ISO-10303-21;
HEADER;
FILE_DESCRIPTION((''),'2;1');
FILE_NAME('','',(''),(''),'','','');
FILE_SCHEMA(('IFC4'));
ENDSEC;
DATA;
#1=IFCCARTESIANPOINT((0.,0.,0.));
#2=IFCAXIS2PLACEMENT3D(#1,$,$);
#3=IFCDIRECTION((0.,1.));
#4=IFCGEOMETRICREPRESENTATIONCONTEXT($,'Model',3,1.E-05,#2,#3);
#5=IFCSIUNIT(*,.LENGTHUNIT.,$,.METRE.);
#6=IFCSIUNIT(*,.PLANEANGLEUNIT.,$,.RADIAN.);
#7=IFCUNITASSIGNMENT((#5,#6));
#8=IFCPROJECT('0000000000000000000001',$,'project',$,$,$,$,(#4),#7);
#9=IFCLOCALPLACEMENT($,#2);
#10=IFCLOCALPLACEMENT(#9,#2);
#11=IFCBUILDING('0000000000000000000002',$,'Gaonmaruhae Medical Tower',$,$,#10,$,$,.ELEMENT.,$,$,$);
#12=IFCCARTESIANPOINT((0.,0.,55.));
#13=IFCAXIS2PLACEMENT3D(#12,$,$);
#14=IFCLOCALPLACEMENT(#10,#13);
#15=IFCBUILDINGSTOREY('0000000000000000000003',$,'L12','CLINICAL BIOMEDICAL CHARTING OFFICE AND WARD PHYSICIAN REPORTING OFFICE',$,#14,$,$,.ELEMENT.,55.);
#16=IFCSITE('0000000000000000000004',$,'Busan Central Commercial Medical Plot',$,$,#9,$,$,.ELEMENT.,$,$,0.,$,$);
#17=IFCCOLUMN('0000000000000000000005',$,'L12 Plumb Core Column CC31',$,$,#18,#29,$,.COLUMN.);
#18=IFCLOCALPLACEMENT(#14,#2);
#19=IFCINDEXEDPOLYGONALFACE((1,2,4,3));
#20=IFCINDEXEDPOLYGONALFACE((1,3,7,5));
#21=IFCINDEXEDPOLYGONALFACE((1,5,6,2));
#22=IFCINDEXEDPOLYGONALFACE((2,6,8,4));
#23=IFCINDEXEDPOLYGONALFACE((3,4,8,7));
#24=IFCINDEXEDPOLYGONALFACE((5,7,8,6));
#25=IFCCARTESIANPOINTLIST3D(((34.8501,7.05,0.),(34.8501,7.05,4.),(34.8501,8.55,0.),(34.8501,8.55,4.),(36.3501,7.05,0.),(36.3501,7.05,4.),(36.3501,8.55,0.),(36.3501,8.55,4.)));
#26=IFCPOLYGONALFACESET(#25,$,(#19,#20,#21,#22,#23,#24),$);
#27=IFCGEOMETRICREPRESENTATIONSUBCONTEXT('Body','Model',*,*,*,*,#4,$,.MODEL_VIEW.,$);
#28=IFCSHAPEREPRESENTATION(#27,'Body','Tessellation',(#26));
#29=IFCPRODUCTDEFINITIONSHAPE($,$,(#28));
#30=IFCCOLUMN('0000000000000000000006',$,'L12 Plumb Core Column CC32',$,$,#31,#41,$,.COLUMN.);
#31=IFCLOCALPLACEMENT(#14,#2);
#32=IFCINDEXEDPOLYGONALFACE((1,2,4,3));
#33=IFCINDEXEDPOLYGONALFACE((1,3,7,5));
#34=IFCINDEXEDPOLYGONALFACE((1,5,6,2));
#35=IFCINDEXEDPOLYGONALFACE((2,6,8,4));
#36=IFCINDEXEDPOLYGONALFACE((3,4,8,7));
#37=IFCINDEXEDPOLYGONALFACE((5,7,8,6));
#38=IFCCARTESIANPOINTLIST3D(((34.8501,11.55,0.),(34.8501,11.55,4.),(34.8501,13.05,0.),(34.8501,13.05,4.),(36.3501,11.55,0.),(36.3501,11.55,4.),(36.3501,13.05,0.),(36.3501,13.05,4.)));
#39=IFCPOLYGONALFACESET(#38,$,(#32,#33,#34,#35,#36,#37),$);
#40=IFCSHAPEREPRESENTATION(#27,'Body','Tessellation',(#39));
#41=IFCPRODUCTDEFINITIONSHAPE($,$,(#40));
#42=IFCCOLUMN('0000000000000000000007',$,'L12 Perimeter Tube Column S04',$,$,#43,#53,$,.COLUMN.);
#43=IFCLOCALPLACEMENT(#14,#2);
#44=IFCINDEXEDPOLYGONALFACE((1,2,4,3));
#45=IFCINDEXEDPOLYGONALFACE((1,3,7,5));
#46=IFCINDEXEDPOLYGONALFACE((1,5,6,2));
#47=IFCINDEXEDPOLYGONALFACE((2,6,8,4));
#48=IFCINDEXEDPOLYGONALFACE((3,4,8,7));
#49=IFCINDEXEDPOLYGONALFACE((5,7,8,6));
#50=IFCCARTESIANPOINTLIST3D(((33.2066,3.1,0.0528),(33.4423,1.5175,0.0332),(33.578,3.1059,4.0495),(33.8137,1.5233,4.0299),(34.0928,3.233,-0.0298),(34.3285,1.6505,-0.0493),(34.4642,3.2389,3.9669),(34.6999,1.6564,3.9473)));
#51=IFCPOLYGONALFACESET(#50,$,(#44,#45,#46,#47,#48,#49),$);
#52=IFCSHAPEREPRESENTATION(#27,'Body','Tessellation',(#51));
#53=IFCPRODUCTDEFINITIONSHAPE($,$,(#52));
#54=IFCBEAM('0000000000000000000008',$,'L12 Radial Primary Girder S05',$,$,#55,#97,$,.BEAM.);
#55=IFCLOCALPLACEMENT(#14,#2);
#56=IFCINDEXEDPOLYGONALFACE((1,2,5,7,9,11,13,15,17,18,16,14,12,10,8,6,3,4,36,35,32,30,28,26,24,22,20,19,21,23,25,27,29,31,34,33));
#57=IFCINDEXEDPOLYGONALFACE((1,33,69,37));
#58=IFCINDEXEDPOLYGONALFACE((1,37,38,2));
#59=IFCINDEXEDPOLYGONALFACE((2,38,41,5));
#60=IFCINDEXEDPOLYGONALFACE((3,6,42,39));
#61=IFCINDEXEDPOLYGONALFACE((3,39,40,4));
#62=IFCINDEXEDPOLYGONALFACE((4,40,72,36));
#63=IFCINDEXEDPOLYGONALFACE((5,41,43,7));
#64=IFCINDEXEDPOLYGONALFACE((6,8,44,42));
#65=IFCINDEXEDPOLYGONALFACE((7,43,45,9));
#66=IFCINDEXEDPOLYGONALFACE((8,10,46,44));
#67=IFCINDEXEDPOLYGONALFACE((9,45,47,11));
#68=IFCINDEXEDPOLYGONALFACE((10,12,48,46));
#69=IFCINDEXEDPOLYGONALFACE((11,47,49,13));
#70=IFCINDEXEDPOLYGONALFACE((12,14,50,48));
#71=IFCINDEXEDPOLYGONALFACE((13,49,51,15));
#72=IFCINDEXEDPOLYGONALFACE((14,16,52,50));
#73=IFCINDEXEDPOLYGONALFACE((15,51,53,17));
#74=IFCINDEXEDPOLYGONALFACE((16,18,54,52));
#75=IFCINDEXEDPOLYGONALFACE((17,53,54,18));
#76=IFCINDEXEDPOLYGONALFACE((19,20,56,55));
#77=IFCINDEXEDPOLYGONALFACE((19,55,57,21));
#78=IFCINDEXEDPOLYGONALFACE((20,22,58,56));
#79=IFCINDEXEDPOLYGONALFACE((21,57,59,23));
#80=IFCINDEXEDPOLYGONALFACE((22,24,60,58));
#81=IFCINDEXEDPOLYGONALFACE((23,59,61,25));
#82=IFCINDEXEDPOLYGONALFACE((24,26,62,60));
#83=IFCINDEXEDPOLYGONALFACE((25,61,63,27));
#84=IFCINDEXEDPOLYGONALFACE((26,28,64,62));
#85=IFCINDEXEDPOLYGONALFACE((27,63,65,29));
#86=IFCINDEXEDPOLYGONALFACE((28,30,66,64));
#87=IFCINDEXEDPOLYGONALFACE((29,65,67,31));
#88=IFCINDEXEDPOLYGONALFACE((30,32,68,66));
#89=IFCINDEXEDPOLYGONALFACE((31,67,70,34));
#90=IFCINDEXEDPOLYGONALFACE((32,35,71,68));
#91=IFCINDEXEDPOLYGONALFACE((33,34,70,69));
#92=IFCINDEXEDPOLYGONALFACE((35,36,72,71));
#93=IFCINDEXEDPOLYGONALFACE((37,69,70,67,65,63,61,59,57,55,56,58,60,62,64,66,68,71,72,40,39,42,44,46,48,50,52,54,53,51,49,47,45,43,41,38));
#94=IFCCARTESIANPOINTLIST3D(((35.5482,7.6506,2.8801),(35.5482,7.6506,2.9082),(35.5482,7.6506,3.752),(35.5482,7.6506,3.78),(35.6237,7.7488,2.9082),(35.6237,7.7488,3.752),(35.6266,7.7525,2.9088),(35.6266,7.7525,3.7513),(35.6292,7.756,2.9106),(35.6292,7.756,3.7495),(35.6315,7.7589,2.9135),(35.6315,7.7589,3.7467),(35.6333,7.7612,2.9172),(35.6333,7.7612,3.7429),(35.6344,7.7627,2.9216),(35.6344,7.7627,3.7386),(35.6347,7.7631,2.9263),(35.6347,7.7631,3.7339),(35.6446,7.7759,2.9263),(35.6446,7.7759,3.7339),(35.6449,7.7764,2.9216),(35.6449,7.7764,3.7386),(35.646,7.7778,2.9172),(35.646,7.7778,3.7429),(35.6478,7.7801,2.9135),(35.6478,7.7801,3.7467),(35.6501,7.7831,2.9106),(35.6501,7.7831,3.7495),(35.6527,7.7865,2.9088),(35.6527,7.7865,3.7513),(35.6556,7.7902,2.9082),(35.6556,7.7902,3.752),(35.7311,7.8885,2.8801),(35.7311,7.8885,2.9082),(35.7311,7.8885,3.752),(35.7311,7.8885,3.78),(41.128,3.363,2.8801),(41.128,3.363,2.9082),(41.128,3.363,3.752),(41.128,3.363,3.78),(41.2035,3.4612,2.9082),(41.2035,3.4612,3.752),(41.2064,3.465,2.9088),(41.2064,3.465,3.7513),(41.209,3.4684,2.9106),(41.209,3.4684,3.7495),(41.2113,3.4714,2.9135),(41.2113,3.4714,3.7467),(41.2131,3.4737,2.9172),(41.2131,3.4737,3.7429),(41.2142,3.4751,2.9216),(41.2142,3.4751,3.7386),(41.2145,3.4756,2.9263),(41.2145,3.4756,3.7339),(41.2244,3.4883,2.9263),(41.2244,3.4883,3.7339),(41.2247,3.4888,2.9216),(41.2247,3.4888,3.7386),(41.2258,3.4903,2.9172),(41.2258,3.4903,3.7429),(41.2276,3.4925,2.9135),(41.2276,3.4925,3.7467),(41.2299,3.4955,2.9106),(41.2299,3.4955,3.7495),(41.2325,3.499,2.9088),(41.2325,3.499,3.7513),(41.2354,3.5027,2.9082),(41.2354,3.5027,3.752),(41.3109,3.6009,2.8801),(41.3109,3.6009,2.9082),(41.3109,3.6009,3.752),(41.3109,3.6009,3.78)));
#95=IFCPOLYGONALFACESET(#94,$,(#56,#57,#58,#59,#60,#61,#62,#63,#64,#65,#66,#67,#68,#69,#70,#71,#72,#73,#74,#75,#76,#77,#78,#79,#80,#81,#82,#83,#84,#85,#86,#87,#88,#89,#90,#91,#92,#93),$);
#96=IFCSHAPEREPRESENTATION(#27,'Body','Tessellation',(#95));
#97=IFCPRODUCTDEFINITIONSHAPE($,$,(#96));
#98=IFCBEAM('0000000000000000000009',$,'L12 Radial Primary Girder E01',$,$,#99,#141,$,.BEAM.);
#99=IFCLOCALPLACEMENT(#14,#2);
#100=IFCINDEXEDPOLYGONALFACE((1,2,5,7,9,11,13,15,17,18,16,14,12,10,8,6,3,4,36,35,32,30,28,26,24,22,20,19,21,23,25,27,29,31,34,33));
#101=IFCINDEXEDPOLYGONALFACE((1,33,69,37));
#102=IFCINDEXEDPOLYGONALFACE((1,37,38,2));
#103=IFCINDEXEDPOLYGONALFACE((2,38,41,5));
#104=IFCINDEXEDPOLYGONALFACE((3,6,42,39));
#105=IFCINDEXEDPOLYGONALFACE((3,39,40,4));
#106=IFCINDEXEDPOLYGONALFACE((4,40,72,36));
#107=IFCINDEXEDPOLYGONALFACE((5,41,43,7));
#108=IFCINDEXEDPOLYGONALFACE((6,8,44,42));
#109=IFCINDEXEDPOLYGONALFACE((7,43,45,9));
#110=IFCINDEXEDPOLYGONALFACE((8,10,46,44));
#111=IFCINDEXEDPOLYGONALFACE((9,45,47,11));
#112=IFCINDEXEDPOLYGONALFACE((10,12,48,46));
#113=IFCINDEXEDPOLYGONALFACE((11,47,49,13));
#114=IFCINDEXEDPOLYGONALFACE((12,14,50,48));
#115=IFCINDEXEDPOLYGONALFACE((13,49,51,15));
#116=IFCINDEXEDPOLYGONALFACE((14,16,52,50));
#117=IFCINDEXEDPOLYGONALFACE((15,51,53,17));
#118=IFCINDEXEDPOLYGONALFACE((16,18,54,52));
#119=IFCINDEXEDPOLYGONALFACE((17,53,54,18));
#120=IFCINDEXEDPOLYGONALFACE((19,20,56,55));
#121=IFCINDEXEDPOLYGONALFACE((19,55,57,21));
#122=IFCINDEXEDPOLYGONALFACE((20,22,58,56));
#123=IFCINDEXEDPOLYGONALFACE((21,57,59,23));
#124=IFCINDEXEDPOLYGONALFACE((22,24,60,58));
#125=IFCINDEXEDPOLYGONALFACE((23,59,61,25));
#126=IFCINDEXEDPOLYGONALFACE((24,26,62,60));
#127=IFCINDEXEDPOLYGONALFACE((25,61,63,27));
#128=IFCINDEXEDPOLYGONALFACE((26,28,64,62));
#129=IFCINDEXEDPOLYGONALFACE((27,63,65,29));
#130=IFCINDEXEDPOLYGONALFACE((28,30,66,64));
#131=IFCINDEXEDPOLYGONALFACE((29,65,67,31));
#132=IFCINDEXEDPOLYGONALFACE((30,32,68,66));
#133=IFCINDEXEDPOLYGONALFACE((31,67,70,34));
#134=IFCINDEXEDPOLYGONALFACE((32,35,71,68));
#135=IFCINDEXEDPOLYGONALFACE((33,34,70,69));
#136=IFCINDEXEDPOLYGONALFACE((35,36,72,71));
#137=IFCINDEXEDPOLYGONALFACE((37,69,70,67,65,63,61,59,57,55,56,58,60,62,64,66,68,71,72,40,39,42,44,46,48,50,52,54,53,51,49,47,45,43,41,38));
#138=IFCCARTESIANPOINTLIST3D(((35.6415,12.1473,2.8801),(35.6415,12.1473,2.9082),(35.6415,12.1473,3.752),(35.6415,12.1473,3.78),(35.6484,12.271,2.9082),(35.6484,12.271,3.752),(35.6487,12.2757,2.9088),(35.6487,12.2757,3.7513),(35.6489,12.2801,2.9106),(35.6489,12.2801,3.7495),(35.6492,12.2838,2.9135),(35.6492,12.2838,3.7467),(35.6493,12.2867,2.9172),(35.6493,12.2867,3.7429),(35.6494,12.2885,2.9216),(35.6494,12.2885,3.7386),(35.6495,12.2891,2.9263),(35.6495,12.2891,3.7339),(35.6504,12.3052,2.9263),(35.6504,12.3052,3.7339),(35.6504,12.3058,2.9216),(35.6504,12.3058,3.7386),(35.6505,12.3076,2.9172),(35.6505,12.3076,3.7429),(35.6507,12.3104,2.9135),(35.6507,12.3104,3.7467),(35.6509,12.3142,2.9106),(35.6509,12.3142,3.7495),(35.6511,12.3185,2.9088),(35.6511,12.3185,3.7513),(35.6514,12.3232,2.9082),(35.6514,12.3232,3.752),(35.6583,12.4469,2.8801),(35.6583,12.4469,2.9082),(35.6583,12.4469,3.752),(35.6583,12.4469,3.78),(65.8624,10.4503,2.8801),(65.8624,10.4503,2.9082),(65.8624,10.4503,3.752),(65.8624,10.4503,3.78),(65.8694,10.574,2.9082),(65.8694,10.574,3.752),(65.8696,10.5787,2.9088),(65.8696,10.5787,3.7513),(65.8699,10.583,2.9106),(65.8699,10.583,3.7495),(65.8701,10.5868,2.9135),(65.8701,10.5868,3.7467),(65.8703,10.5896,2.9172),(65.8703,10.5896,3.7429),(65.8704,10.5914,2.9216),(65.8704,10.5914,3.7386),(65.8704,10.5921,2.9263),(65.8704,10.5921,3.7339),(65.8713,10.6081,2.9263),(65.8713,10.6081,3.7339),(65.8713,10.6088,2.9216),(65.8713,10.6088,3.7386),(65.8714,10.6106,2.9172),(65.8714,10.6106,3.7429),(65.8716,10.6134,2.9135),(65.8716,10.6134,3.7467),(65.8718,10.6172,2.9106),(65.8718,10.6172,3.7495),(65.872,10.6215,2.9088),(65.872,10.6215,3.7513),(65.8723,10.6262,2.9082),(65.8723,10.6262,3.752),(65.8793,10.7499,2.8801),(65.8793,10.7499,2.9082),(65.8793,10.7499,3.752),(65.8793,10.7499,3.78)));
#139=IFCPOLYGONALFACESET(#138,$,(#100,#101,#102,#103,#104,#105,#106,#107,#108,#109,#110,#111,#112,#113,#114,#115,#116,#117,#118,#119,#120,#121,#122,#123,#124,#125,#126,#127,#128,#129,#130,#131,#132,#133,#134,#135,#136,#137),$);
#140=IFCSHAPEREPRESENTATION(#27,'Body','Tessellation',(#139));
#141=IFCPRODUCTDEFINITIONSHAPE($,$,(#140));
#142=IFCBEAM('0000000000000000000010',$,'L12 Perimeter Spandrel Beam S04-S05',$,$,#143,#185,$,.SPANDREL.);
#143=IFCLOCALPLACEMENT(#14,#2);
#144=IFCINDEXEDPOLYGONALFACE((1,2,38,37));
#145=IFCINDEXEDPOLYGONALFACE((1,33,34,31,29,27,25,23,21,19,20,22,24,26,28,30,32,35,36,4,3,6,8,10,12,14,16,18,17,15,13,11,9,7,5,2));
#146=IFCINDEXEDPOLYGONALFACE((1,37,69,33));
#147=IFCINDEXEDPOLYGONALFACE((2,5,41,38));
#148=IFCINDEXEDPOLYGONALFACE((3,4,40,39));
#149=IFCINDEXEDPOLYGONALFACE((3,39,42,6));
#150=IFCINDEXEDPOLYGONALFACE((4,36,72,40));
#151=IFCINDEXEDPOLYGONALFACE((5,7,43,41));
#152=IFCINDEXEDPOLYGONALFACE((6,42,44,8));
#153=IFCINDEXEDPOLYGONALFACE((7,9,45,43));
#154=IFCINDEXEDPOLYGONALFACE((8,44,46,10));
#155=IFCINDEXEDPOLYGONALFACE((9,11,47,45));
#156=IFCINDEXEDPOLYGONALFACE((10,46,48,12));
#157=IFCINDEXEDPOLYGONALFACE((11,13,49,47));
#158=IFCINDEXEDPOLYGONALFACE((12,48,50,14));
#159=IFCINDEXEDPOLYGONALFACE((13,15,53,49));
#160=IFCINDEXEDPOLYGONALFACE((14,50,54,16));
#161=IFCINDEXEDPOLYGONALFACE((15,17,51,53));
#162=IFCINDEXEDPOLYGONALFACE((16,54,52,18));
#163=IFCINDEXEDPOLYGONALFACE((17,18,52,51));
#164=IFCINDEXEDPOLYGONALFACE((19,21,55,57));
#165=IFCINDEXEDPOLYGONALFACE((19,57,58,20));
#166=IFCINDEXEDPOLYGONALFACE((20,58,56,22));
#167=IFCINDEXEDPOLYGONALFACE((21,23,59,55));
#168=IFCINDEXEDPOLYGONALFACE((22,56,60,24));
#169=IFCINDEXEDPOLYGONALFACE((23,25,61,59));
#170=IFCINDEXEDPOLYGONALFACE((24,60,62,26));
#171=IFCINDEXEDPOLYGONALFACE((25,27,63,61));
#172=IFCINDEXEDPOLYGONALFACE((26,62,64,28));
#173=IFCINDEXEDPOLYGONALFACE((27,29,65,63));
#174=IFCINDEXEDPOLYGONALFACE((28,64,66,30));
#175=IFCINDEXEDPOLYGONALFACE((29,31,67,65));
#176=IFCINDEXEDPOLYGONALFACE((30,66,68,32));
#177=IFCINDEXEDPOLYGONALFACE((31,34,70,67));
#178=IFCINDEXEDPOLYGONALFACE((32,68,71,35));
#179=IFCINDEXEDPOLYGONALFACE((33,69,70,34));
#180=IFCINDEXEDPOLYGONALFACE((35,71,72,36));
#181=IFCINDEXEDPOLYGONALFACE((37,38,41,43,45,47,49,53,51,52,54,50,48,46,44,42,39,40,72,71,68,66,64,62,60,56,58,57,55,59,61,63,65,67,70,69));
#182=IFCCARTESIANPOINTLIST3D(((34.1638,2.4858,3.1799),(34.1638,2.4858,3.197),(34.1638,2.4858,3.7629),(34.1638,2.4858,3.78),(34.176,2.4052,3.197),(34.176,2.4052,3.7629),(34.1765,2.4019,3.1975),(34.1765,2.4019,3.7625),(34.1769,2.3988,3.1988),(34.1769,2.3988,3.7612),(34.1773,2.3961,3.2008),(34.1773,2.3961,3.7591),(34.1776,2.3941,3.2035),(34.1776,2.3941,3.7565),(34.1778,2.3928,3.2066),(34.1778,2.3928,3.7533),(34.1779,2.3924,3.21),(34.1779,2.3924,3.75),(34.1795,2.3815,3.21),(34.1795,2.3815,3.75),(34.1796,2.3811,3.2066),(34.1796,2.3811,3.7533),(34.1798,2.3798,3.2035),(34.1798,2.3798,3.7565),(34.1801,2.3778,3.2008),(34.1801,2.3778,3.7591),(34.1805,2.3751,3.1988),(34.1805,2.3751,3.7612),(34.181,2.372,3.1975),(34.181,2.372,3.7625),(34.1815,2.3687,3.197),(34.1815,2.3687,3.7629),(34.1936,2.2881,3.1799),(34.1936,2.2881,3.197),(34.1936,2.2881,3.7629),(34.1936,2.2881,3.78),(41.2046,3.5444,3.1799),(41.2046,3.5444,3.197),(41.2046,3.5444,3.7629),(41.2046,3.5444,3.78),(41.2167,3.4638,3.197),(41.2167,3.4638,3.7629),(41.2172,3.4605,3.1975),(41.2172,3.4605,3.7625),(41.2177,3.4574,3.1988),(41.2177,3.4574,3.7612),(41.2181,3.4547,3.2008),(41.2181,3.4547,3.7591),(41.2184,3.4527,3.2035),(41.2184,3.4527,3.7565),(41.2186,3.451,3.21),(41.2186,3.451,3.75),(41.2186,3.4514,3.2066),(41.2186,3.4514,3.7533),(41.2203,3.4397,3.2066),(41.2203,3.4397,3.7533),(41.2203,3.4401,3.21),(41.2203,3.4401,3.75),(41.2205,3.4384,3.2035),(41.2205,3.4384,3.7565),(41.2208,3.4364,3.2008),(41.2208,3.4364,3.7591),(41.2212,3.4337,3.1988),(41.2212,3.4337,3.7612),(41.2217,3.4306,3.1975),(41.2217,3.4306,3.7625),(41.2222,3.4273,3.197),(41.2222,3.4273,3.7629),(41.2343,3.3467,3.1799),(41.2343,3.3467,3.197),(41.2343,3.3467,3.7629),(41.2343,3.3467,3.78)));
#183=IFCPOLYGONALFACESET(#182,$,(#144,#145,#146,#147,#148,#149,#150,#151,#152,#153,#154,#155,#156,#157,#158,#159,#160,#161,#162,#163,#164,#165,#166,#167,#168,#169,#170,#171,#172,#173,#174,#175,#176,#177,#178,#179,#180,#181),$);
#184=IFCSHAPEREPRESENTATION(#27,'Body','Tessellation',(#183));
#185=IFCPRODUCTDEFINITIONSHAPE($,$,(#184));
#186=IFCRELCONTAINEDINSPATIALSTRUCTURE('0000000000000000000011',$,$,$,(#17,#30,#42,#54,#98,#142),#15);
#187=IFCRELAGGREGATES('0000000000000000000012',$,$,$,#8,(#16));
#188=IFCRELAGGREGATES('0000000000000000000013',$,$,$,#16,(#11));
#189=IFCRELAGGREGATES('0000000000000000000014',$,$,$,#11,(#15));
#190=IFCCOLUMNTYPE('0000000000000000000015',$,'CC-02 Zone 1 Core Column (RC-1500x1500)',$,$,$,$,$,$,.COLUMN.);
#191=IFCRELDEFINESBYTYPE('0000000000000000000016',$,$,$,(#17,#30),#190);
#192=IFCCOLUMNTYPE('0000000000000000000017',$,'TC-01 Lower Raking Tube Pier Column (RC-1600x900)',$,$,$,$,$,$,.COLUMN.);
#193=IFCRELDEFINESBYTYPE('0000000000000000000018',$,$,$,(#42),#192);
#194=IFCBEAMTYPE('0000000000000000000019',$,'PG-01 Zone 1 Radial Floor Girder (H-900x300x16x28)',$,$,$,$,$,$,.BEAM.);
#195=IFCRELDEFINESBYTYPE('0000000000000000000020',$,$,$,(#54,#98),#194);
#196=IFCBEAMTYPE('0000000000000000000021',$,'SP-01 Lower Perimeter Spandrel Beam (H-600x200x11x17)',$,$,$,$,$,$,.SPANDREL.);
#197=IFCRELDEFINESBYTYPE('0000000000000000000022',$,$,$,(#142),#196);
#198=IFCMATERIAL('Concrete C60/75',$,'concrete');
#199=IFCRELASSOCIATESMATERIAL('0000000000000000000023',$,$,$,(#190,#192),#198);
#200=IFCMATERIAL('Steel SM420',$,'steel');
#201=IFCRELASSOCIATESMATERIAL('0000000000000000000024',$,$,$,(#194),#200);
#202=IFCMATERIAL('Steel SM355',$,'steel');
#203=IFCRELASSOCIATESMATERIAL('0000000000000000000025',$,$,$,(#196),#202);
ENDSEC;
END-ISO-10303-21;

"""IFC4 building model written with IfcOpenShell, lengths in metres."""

from ifc_helpers import new_model, si_unit, direction, frame, origin, origin_2d, place, context, subcontext, project, spatial, rectangle, i_section, extrude, material, material_profile, profile_set, type_object, element, save


model = new_model("IFC4")

# Units and contexts
model_context = context("Model", 3, precision=1e-05, world=origin(), true_north=direction((0.0, 1.0)))
body_context = subcontext(model_context, "Body", "Model", "MODEL_VIEW")
ifc_project = project(units=[si_unit("LENGTHUNIT", "METRE"), si_unit("PLANEANGLEUNIT", "RADIAN")], contexts=[model_context])

# Site, building, storey
site_placement = place(None, origin())
site = spatial("IfcSite", under=ifc_project, at=site_placement, Name="Busan Central Commercial Medical Plot", CompositionType="ELEMENT", RefElevation=0.0)
building_placement = place(site_placement, origin())
building = spatial("IfcBuilding", under=site, at=building_placement, Name="Gaonmaruhae Medical Tower", CompositionType="ELEMENT")
storey_placement = place(building_placement, frame((0.0, 0.0, 55.0)))
storey = spatial("IfcBuildingStorey", under=building, at=storey_placement, Name="L12", Description="CLINICAL BIOMEDICAL CHARTING OFFICE AND WARD PHYSICIAN REPORTING OFFICE", CompositionType="ELEMENT", Elevation=55.0)

# Columns
ifc_material_1 = material(Name="Concrete C60/75", Category="concrete")
ifc_material_profile_1 = material_profile(ifc_material_1, rectangle(XDim=1.5, YDim=1.5, at=origin_2d()), Name="RC-1500x1500")
ifc_profile_set_1 = profile_set([ifc_material_profile_1], Name="Concrete C60/75")
column_type_1 = type_object("IfcColumnType", Name="CC-02 Zone 1 Core Column (RC-1500x1500)", PredefinedType="COLUMN", material=ifc_profile_set_1)
for number, where, z_axis, x_axis, name in (
    (1, (35.6001, 7.8, 0.0), (0.0, 0.0, 1.0), (1.0, 0.0, 0.0), "L12 Plumb Core Column CC31"),
    (2, (35.6001, 12.3, 0.0), (0.0, 0.0, 1.0), (1.0, 0.0, 0.0), "L12 Plumb Core Column CC32"),
):
    element("IfcColumn", number, at=place(storey_placement, frame(where, z_axis=z_axis, x_axis=x_axis)), inside=storey, type_object=column_type_1, Name=name, PredefinedType="COLUMN", context=body_context, shape_type="SweptSolid", body=[
        extrude(rectangle(XDim=1.5, YDim=1.5, at=origin_2d()), origin(), (0.0, 0.0, 1.0), 4.0),
    ])
ifc_material_profile_2 = material_profile(ifc_material_1, rectangle(XDim=1.6001, YDim=0.8999, at=origin_2d()), Name="RC-1600x900")
ifc_profile_set_2 = profile_set([ifc_material_profile_2], Name="Concrete C60/75")
column_type_2 = type_object("IfcColumnType", Name="TC-01 Lower Raking Tube Pier Column (RC-1600x900)", PredefinedType="COLUMN", material=ifc_profile_set_2)
column_placement = place(storey_placement, frame((33.7676, 2.3752, 0.0017), z_axis=(0.092515, 0.00146, 0.99571), x_axis=(-0.147311, 0.989014, 0.012237)))
element("IfcColumn", 3, at=column_placement, inside=storey, type_object=column_type_2, Name="L12 Perimeter Tube Column S04", PredefinedType="COLUMN", context=body_context, shape_type="SweptSolid", body=[
    extrude(rectangle(XDim=1.6001, YDim=0.8999, at=origin_2d()), origin(), (0.0, 0.0, 1.0), 4.0139),
])

# Beams
ifc_material_2 = material(Name="Steel SM420", Category="steel")
ifc_material_profile_3 = material_profile(ifc_material_2, i_section(OverallWidth=0.3, OverallDepth=0.8999, WebThickness=0.0161, FlangeThickness=0.0281, FilletRadius=0.0181, at=origin_2d()), Name="H-900x300x16x28")
ifc_profile_set_3 = profile_set([ifc_material_profile_3], Name="Steel SM420")
beam_type_1 = type_object("IfcBeamType", Name="PG-01 Zone 1 Radial Floor Girder (H-900x300x16x28)", PredefinedType="BEAM", material=ifc_profile_set_3)
beam_1_placement = place(storey_placement, frame((35.6396, 7.7695, 3.3301), z_axis=(0.792939, -0.609302, 0.0), x_axis=(0.609302, 0.792939, 0.0)))
element("IfcBeam", 4, at=beam_1_placement, inside=storey, type_object=beam_type_1, Name="L12 Radial Primary Girder S05", PredefinedType="BEAM", context=body_context, shape_type="SweptSolid", body=[
    extrude(i_section(OverallWidth=0.3, OverallDepth=0.8999, WebThickness=0.0161, FlangeThickness=0.0281, FilletRadius=0.0181, at=origin_2d()), origin(), (0.0, 0.0, 1.0), 7.0369),
])
beam_2_placement = place(storey_placement, frame((35.6499, 12.2971, 3.3301), z_axis=(0.998427, -0.056065, 0.0), x_axis=(0.056065, 0.998427, 0.0)))
element("IfcBeam", 5, at=beam_2_placement, inside=storey, type_object=beam_type_1, Name="L12 Radial Primary Girder E01", PredefinedType="BEAM", context=body_context, shape_type="SweptSolid", body=[
    extrude(i_section(OverallWidth=0.3, OverallDepth=0.8999, WebThickness=0.0161, FlangeThickness=0.0281, FilletRadius=0.0181, at=origin_2d()), origin(), (0.0, 0.0, 1.0), 30.2686),
])
ifc_material_3 = material(Name="Steel SM355", Category="steel")
ifc_material_profile_4 = material_profile(ifc_material_3, i_section(OverallWidth=0.2, OverallDepth=0.6001, WebThickness=0.011, FlangeThickness=0.0171, FilletRadius=0.0129, at=origin_2d()), Name="H-600x200x11x17")
ifc_profile_set_4 = profile_set([ifc_material_profile_4], Name="Steel SM355")
beam_type_2 = type_object("IfcBeamType", Name="SP-01 Lower Perimeter Spandrel Beam (H-600x200x11x17)", PredefinedType="SPANDREL", material=ifc_profile_set_4)
beam_3_placement = place(storey_placement, frame((34.1787, 2.387, 3.48), z_axis=(0.988885, 0.148681, 0.0), x_axis=(-0.148681, 0.988885, 0.0)))
element("IfcBeam", 6, at=beam_3_placement, inside=storey, type_object=beam_type_2, Name="L12 Perimeter Spandrel Beam S04-S05", PredefinedType="SPANDREL", context=body_context, shape_type="SweptSolid", body=[
    extrude(i_section(OverallWidth=0.2, OverallDepth=0.6001, WebThickness=0.011, FlangeThickness=0.0171, FilletRadius=0.0129, at=origin_2d()), origin(), (0.0, 0.0, 1.0), 7.1199),
])

save(model, "model.ifc")
